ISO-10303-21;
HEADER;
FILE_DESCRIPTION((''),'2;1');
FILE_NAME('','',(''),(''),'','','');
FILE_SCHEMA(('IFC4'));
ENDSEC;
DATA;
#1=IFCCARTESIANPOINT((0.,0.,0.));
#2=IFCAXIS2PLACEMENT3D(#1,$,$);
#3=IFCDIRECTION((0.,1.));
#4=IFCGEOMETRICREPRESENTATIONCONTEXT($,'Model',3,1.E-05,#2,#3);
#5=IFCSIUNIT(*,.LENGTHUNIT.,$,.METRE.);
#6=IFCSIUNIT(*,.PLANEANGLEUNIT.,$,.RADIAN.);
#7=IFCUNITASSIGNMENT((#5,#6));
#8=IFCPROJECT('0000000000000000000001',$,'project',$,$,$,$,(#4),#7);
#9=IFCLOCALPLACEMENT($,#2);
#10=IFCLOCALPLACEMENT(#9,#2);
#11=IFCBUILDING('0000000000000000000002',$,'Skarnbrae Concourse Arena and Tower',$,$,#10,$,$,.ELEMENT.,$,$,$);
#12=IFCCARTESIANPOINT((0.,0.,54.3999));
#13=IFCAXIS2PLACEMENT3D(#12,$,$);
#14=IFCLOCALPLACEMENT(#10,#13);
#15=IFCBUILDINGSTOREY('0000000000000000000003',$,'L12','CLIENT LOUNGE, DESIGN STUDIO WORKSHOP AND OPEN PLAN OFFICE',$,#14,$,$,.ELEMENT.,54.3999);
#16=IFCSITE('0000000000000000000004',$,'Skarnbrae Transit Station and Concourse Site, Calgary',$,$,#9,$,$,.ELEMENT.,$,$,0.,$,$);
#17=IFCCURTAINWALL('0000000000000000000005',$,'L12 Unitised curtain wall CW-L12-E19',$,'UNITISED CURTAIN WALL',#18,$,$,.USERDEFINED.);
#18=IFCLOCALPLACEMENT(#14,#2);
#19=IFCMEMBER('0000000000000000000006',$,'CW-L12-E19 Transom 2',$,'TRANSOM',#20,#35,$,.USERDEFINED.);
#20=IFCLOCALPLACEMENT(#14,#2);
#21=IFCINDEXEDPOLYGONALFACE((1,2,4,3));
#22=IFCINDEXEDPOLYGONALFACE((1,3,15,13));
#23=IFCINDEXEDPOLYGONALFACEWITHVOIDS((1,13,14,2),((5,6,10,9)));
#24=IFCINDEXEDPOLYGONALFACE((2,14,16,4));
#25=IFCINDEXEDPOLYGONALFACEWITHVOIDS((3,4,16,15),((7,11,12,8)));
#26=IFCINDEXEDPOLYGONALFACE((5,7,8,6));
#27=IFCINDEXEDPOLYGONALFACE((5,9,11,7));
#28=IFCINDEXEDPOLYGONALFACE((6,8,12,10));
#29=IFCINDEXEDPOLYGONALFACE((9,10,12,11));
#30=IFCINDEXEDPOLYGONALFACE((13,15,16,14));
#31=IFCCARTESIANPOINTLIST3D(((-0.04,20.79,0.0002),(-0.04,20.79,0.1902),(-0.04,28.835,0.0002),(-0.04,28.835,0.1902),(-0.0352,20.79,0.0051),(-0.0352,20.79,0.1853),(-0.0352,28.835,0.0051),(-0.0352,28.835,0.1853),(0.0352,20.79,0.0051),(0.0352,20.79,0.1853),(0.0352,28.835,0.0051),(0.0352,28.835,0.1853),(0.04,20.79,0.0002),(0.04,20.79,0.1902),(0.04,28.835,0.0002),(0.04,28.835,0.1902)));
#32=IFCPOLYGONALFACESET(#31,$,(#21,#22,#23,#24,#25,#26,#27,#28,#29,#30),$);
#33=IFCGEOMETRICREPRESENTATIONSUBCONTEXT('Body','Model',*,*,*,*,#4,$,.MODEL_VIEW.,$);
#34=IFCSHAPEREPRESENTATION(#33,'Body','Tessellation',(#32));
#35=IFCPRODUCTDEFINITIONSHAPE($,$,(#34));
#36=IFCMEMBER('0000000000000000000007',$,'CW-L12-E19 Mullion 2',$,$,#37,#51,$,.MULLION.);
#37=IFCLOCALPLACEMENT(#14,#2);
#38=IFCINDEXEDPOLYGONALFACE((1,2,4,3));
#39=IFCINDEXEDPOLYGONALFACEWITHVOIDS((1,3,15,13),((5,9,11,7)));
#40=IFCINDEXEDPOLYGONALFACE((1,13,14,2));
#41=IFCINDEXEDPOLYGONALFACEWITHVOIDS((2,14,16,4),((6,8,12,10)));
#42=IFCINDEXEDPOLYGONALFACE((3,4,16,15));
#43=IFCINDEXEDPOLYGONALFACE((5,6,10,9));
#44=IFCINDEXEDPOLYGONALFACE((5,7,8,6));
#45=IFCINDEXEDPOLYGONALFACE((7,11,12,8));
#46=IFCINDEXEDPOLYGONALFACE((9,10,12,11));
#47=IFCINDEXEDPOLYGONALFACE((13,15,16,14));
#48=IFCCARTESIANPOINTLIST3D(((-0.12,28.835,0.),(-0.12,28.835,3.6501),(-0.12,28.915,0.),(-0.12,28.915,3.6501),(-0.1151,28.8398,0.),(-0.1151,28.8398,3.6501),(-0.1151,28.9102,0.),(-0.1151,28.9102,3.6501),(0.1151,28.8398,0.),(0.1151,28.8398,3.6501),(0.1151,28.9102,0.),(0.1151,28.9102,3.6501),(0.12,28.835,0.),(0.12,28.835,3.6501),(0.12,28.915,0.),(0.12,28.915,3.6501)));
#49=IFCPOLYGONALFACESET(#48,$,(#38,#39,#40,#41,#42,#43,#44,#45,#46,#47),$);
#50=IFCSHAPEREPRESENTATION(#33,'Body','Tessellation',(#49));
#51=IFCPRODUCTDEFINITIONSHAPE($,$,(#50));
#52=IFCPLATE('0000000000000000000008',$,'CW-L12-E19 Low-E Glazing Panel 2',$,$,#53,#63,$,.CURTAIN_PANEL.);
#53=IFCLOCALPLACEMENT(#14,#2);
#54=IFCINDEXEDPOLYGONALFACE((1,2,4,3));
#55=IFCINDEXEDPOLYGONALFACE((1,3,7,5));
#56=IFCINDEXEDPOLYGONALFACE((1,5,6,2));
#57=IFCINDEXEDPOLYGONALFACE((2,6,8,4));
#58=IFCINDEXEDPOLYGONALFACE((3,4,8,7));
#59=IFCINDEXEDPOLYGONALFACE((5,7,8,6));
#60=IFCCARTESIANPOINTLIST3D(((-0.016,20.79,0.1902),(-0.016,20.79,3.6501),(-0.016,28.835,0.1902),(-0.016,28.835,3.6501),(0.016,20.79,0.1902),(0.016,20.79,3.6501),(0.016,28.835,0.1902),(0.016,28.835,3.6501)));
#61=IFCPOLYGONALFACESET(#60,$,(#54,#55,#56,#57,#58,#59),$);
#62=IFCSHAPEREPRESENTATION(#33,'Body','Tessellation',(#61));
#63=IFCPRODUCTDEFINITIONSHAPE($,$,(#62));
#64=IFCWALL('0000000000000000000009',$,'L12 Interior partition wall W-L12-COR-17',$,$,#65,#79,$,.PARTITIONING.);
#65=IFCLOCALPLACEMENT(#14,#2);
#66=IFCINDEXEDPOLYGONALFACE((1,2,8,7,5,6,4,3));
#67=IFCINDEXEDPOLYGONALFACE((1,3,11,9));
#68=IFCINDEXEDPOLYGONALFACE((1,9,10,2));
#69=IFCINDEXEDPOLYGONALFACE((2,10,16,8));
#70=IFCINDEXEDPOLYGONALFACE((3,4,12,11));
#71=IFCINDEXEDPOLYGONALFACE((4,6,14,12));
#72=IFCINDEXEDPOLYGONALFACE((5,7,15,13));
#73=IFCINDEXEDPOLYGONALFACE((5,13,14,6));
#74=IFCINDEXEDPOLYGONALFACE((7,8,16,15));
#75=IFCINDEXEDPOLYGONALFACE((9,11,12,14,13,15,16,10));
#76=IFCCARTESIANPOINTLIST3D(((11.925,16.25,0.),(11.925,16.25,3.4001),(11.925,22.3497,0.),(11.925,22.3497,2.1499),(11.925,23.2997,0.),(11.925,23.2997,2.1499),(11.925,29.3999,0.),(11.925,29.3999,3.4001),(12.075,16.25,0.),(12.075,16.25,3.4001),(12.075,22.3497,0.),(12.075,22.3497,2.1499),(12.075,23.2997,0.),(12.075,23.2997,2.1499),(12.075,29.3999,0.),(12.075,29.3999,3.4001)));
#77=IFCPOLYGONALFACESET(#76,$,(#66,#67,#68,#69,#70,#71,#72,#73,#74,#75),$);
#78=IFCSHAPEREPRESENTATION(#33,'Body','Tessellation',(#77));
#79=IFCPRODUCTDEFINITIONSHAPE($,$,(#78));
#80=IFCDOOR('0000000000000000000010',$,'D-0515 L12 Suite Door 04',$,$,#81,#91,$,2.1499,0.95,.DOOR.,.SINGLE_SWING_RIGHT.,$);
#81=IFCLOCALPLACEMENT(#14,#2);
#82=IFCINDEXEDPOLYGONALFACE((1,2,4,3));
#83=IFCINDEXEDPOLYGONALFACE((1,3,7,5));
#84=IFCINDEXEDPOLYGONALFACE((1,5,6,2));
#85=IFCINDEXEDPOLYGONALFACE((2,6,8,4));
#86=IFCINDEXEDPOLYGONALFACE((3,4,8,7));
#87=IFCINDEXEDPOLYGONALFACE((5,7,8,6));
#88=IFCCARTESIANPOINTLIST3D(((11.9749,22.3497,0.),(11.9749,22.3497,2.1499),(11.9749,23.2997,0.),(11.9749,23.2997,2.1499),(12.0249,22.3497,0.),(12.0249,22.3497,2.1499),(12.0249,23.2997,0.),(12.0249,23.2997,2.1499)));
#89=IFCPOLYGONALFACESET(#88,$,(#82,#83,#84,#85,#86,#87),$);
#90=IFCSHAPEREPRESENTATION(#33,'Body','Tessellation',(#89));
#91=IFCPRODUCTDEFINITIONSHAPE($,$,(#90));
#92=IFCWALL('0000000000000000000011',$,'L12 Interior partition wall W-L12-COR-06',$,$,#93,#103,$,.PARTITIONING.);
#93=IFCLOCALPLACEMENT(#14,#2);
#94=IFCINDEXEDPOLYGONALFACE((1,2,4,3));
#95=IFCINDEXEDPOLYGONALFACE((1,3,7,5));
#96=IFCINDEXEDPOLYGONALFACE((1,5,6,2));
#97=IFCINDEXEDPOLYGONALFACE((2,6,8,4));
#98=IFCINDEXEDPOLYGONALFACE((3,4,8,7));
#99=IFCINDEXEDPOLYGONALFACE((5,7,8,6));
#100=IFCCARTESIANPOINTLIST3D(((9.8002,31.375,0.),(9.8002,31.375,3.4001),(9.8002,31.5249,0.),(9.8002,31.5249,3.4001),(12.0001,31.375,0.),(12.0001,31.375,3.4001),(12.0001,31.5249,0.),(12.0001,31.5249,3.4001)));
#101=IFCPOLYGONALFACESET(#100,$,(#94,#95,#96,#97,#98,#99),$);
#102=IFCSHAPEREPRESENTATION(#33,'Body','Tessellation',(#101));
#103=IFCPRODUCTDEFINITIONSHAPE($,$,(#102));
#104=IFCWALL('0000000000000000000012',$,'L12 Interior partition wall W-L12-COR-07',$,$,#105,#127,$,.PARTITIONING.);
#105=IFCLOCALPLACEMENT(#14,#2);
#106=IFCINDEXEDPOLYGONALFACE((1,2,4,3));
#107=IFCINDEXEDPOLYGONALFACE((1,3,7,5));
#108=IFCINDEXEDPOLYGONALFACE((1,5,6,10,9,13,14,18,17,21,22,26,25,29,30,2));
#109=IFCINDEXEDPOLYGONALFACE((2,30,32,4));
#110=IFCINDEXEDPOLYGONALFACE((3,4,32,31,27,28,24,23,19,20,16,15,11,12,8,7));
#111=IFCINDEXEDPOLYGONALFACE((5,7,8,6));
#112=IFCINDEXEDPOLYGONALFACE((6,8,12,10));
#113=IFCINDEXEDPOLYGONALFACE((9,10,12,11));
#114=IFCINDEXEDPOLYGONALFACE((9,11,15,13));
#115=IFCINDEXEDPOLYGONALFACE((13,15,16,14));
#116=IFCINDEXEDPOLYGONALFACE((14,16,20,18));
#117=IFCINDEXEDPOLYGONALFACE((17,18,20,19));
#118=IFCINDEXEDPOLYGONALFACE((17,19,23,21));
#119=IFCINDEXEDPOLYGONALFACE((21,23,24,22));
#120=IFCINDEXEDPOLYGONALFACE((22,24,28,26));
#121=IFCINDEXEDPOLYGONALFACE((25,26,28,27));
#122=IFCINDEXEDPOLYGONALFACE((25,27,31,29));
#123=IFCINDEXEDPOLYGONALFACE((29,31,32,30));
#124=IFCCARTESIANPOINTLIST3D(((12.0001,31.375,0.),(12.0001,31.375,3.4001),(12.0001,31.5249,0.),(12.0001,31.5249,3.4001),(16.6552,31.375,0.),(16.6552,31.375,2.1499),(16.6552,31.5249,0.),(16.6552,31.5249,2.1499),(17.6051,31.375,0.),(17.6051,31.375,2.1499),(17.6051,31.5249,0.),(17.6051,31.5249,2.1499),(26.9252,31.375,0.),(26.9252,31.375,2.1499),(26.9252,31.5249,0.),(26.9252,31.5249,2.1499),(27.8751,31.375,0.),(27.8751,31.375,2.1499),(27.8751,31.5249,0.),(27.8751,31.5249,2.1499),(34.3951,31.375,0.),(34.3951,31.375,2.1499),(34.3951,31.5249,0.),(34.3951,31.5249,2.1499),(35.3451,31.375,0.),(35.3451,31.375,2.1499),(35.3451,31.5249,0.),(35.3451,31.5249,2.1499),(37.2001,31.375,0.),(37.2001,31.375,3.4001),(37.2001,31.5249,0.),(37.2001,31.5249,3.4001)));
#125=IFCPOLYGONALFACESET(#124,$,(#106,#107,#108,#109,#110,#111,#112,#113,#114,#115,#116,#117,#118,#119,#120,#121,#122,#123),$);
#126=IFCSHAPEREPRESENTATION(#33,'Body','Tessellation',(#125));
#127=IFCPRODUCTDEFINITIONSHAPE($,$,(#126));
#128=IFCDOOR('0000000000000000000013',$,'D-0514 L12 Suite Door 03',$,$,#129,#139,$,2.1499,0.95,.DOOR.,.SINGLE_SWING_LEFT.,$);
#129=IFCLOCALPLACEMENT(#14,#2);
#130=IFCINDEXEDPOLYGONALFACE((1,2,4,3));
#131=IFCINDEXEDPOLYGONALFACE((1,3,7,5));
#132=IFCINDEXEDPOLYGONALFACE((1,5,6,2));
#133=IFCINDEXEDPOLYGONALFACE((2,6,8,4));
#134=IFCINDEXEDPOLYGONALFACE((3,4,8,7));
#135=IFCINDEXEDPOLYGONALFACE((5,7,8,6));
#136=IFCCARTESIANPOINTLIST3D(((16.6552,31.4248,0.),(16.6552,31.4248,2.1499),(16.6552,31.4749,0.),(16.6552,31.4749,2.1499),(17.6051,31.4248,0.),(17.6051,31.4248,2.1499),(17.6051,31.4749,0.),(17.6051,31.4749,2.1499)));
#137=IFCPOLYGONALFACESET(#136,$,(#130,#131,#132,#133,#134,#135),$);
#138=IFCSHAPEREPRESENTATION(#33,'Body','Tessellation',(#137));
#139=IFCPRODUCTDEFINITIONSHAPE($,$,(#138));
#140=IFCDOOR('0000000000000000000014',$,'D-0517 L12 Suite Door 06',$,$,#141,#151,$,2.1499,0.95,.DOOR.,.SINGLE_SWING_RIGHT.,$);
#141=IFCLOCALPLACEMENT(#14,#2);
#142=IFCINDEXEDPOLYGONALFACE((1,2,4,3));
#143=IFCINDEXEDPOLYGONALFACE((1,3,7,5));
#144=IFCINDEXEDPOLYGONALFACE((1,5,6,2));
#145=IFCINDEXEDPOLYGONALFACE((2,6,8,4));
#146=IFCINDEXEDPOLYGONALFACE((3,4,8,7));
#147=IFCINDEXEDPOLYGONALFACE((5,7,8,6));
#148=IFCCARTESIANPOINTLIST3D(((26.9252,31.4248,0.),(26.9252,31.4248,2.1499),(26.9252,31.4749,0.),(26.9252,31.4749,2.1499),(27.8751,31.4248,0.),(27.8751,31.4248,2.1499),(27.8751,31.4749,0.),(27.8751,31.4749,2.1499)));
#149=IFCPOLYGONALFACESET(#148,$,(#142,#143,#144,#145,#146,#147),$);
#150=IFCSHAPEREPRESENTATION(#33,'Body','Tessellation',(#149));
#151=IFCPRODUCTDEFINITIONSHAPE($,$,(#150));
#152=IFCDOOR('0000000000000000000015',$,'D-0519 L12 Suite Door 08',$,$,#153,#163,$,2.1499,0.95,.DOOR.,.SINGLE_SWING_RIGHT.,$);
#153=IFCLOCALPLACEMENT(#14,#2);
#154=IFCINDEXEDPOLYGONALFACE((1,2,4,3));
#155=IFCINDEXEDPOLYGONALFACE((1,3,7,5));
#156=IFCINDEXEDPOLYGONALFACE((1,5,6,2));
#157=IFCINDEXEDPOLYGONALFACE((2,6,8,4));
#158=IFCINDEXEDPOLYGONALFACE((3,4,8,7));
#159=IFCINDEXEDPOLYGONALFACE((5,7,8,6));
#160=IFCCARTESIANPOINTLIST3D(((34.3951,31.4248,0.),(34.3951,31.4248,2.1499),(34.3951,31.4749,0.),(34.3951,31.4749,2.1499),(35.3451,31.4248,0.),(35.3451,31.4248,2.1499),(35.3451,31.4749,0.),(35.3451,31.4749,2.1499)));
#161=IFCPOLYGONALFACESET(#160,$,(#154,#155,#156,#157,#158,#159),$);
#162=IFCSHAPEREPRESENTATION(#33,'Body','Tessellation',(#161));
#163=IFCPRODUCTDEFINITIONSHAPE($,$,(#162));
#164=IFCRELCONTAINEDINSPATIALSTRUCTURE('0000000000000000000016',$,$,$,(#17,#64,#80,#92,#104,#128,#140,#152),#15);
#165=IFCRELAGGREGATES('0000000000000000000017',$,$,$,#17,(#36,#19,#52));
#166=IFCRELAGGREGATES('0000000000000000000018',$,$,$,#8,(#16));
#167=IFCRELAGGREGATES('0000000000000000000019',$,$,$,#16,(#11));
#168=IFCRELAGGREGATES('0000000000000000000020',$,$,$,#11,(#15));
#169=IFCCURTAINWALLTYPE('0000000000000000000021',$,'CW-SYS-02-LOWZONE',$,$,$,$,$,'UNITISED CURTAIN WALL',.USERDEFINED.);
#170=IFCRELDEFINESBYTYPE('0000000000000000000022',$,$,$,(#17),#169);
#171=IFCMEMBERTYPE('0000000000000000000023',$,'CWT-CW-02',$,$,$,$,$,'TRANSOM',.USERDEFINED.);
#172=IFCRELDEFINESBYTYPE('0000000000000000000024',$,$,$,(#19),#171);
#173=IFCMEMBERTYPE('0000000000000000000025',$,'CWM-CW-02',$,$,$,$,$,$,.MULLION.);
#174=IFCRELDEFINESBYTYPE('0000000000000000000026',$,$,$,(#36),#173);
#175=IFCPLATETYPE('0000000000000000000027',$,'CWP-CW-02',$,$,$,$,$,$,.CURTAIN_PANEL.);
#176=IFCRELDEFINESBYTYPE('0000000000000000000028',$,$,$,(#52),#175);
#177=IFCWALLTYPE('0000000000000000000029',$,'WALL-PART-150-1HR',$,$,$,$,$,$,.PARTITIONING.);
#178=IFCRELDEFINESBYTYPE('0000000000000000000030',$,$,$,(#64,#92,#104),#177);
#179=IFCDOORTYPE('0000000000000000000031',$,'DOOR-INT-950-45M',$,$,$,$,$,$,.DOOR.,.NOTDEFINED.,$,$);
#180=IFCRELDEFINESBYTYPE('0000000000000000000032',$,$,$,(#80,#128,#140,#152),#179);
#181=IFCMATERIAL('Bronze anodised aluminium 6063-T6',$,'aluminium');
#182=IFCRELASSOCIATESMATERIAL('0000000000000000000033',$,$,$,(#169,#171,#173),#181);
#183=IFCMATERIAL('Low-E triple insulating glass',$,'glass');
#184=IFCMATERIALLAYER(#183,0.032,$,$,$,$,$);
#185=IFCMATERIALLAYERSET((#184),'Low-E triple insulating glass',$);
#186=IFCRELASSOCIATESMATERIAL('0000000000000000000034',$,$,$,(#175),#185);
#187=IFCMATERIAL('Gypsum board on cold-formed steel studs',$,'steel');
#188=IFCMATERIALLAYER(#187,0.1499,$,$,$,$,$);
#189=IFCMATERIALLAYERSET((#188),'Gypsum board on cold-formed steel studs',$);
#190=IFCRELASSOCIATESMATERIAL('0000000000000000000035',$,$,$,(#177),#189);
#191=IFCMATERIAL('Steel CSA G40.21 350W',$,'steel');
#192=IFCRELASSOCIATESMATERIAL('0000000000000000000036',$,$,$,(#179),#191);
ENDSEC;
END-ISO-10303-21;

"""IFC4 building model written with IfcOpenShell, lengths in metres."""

from ifc_helpers import new_model, si_unit, direction, frame, frame_2d, origin, origin_2d, place, context, subcontext, project, spatial, rectangle, hollow_rectangle, extrude, source, transform, mapped, material, layer, layer_set, material_profile, profile_set, type_object, element, fill, aggregate, save


model = new_model("IFC4")

# Units and contexts
model_context = context("Model", 3, precision=1e-05, world=origin(), true_north=direction((0.0, 1.0)))
body_context = subcontext(model_context, "Body", "Model", "MODEL_VIEW")
ifc_project = project(units=[si_unit("LENGTHUNIT", "METRE"), si_unit("PLANEANGLEUNIT", "RADIAN")], contexts=[model_context])

# Site, building, storey
site_placement = place(None, origin())
site = spatial("IfcSite", under=ifc_project, at=site_placement, Name="Skarnbrae Transit Station and Concourse Site, Calgary", CompositionType="ELEMENT", RefElevation=0.0)
building_placement = place(site_placement, origin())
building = spatial("IfcBuilding", under=site, at=building_placement, Name="Skarnbrae Concourse Arena and Tower", CompositionType="ELEMENT")
storey_placement = place(building_placement, frame((0.0, 0.0, 54.3999)))
storey = spatial("IfcBuildingStorey", under=building, at=storey_placement, Name="L12", Description="CLIENT LOUNGE, DESIGN STUDIO WORKSHOP AND OPEN PLAN OFFICE", CompositionType="ELEMENT", Elevation=54.3999)

# Shared definitions
ifc_material_1 = material(Name="Steel CSA G40.21 350W", Category="steel")

# Curtain wall, members, plate
ifc_material_2 = material(Name="Bronze anodised aluminium 6063-T6", Category="aluminium")
curtain_wall_type = type_object("IfcCurtainWallType", Name="CW-SYS-02-LOWZONE", ElementType="UNITISED CURTAIN WALL", PredefinedType="USERDEFINED", material=ifc_material_2)
curtain_wall_placement = place(storey_placement, origin())
curtain_wall = element("IfcCurtainWall", 1, at=curtain_wall_placement, inside=storey, type_object=curtain_wall_type, Name="L12 Unitised curtain wall CW-L12-E19", ObjectType="UNITISED CURTAIN WALL", PredefinedType="USERDEFINED")
ifc_material_profile_1 = material_profile(ifc_material_2, hollow_rectangle(XDim=0.0801, YDim=0.1899, WallThickness=0.0049, at=origin_2d()), Name="ALU-TRAN-80X190")
ifc_profile_set_1 = profile_set([ifc_material_profile_1], Name="Bronze anodised aluminium 6063-T6")
member_type_1 = type_object("IfcMemberType", Name="CWT-CW-02", ElementType="TRANSOM", PredefinedType="USERDEFINED", material=ifc_profile_set_1)
shared_shape_1 = source(origin(), body_context, "Body", "SweptSolid", [
    extrude(hollow_rectangle(XDim=0.0801, YDim=0.1899, WallThickness=0.0049, at=origin_2d()), origin(), (0.0, 0.0, 1.0), 8.0449),
])
member_1_placement = place(storey_placement, frame((0.0, 28.835, 0.0952), z_axis=(0.0, -1.0, 0.0), x_axis=(1.0, 0.0, 0.0)))
member_1 = element("IfcMember", 2, at=member_1_placement, type_object=member_type_1, Name="CW-L12-E19 Transom 2", ObjectType="TRANSOM", PredefinedType="USERDEFINED", context=body_context, shape_type="MappedRepresentation", body=[
    mapped(shared_shape_1, transform((0.0, 0.0, 0.0))),
])
ifc_material_profile_2 = material_profile(ifc_material_2, hollow_rectangle(XDim=0.0801, YDim=0.24, WallThickness=0.0049, at=origin_2d()), Name="ALU-MULL-80X240")
ifc_profile_set_2 = profile_set([ifc_material_profile_2], Name="Bronze anodised aluminium 6063-T6")
member_type_2 = type_object("IfcMemberType", Name="CWM-CW-02", PredefinedType="MULLION", material=ifc_profile_set_2)
shared_shape_2 = source(origin(), body_context, "Body", "SweptSolid", [
    extrude(hollow_rectangle(XDim=0.0801, YDim=0.24, WallThickness=0.0049, at=origin_2d()), origin(), (0.0, 0.0, 1.0), 3.6501),
])
member_2_placement = place(storey_placement, frame((0.0, 28.875, 0.0), z_axis=(0.0, 0.0, 1.0), x_axis=(0.0, -1.0, 0.0)))
member_2 = element("IfcMember", 3, at=member_2_placement, type_object=member_type_2, Name="CW-L12-E19 Mullion 2", PredefinedType="MULLION", context=body_context, shape_type="MappedRepresentation", body=[
    mapped(shared_shape_2, transform((0.0, 0.0, 0.0))),
])
ifc_material_3 = material(Name="Low-E triple insulating glass", Category="glass")
ifc_layer_1 = layer(ifc_material_3, 0.032)
ifc_layer_set_1 = layer_set([ifc_layer_1], Name="Low-E triple insulating glass")
plate_type = type_object("IfcPlateType", Name="CWP-CW-02", PredefinedType="CURTAIN_PANEL", material=ifc_layer_set_1)
shared_shape_3 = source(origin(), body_context, "Body", "SweptSolid", [
    extrude(rectangle(XDim=8.0449, YDim=0.032, at=origin_2d()), origin(), (0.0, 0.0, 1.0), 3.46),
])
plate_placement = place(storey_placement, frame((0.0, 24.8125, 0.1902), z_axis=(0.0, 0.0, 1.0), x_axis=(0.0, -1.0, 0.0)))
plate = element("IfcPlate", 4, at=plate_placement, type_object=plate_type, Name="CW-L12-E19 Low-E Glazing Panel 2", PredefinedType="CURTAIN_PANEL", context=body_context, shape_type="MappedRepresentation", body=[
    mapped(shared_shape_3, transform((0.0, 0.0, 0.0))),
])
aggregate(curtain_wall, [member_2, member_1, plate])

# Wall, opening, door
ifc_material_4 = material(Name="Gypsum board on cold-formed steel studs", Category="steel")
ifc_layer_2 = layer(ifc_material_4, 0.1499)
ifc_layer_set_2 = layer_set([ifc_layer_2], Name="Gypsum board on cold-formed steel studs")
wall_type_1 = type_object("IfcWallType", Name="WALL-PART-150-1HR", PredefinedType="PARTITIONING", material=ifc_layer_set_2)
shared_shape_4 = source(origin(), body_context, "Body", "SweptSolid", [
    extrude(rectangle(XDim=13.1499, YDim=0.1499, at=frame_2d((6.575, 0.0))), origin(), (0.0, 0.0, 1.0), 3.4001),
])
wall_1_placement = place(storey_placement, frame((12.0, 29.3999, 0.0), z_axis=(0.0, 0.0, 1.0), x_axis=(0.0, -1.0, 0.0)))
wall_1 = element("IfcWall", 5, at=wall_1_placement, inside=storey, type_object=wall_type_1, Name="L12 Interior partition wall W-L12-COR-17", PredefinedType="PARTITIONING", context=body_context, shape_type="MappedRepresentation", body=[
    mapped(shared_shape_4, transform((0.0, 0.0, 0.0))),
])
opening_1_placement = place(wall_1_placement, frame((6.1001, 0.0, 0.0)))
opening_1 = element("IfcOpeningElement", 6, at=opening_1_placement, cuts=wall_1, PredefinedType="OPENING", context=body_context, shape_type="SweptSolid", body=[
    extrude(rectangle(XDim=0.95, YDim=2.1499, at=frame_2d((0.4751, 1.075))), frame((0.0, 0.085, 0.0), z_axis=(0.0, -1.0, 0.0), x_axis=(1.0, 0.0, 0.0)), (0.0, 0.0, 1.0), 0.1699),
])
door_type = type_object("IfcDoorType", Name="DOOR-INT-950-45M", OperationType="NOTDEFINED", PredefinedType="DOOR", material=ifc_material_1)
shared_shape_5 = source(origin(), body_context, "Body", "SweptSolid", [
    extrude(rectangle(XDim=0.95, YDim=2.1499, at=frame_2d((0.4751, 1.075))), frame((0.0, 0.0249, 0.0), z_axis=(0.0, -1.0, 0.0), x_axis=(1.0, 0.0, 0.0)), (0.0, 0.0, 1.0), 0.05),
])
door_1_placement = place(opening_1_placement, origin())
door_1 = element("IfcDoor", 7, at=door_1_placement, inside=storey, type_object=door_type, Name="D-0515 L12 Suite Door 04", OperationType="SINGLE_SWING_RIGHT", OverallHeight=2.1499, OverallWidth=0.95, PredefinedType="DOOR", context=body_context, shape_type="MappedRepresentation", body=[
    mapped(shared_shape_5, transform((0.0, 0.0, 0.0))),
])
fill(opening_1, door_1)

# Wall
shared_shape_6 = source(origin(), body_context, "Body", "SweptSolid", [
    extrude(rectangle(XDim=2.2, YDim=0.1499, at=frame_2d((1.1001, 0.0))), origin(), (0.0, 0.0, 1.0), 3.4001),
])
wall_2_placement = place(storey_placement, frame((9.8, 31.45, 0.0), z_axis=(0.0, 0.0, 1.0), x_axis=(1.0, 0.0, 0.0)))
element("IfcWall", 8, at=wall_2_placement, inside=storey, type_object=wall_type_1, Name="L12 Interior partition wall W-L12-COR-06", PredefinedType="PARTITIONING", context=body_context, shape_type="MappedRepresentation", body=[
    mapped(shared_shape_6, transform((0.0, 0.0, 0.0))),
])

# Wall, openings, doors
shared_shape_7 = source(origin(), body_context, "Body", "SweptSolid", [
    extrude(rectangle(XDim=25.2, YDim=0.1499, at=frame_2d((12.6001, 0.0))), origin(), (0.0, 0.0, 1.0), 3.4001),
])
wall_3_placement = place(storey_placement, frame((12.0, 31.45, 0.0), z_axis=(0.0, 0.0, 1.0), x_axis=(1.0, 0.0, 0.0)))
wall_3 = element("IfcWall", 9, at=wall_3_placement, inside=storey, type_object=wall_type_1, Name="L12 Interior partition wall W-L12-COR-07", PredefinedType="PARTITIONING", context=body_context, shape_type="MappedRepresentation", body=[
    mapped(shared_shape_7, transform((0.0, 0.0, 0.0))),
])
opening_2_placement = place(wall_3_placement, frame((4.655, 0.0, 0.0)))
opening_2 = element("IfcOpeningElement", 10, at=opening_2_placement, cuts=wall_3, PredefinedType="OPENING", context=body_context, shape_type="SweptSolid", body=[
    extrude(rectangle(XDim=0.95, YDim=2.1499, at=frame_2d((0.4751, 1.075))), frame((0.0, 0.085, 0.0), z_axis=(0.0, -1.0, 0.0), x_axis=(1.0, 0.0, 0.0)), (0.0, 0.0, 1.0), 0.1699),
])
opening_3_placement = place(wall_3_placement, frame((14.925, 0.0, 0.0)))
opening_3 = element("IfcOpeningElement", 11, at=opening_3_placement, cuts=wall_3, PredefinedType="OPENING", context=body_context, shape_type="SweptSolid", body=[
    extrude(rectangle(XDim=0.95, YDim=2.1499, at=frame_2d((0.4751, 1.075))), frame((0.0, 0.085, 0.0), z_axis=(0.0, -1.0, 0.0), x_axis=(1.0, 0.0, 0.0)), (0.0, 0.0, 1.0), 0.1699),
])
opening_4_placement = place(wall_3_placement, frame((22.395, 0.0, 0.0)))
opening_4 = element("IfcOpeningElement", 12, at=opening_4_placement, cuts=wall_3, PredefinedType="OPENING", context=body_context, shape_type="SweptSolid", body=[
    extrude(rectangle(XDim=0.95, YDim=2.1499, at=frame_2d((0.4751, 1.075))), frame((0.0, 0.085, 0.0), z_axis=(0.0, -1.0, 0.0), x_axis=(1.0, 0.0, 0.0)), (0.0, 0.0, 1.0), 0.1699),
])
door_2_placement = place(opening_2_placement, origin())
door_2 = element("IfcDoor", 13, at=door_2_placement, inside=storey, type_object=door_type, Name="D-0514 L12 Suite Door 03", OperationType="SINGLE_SWING_LEFT", OverallHeight=2.1499, OverallWidth=0.95, PredefinedType="DOOR", context=body_context, shape_type="MappedRepresentation", body=[
    mapped(shared_shape_5, transform((0.0, 0.0, 0.0))),
])
fill(opening_2, door_2)
door_3_placement = place(opening_3_placement, origin())
door_3 = element("IfcDoor", 14, at=door_3_placement, inside=storey, type_object=door_type, Name="D-0517 L12 Suite Door 06", OperationType="SINGLE_SWING_RIGHT", OverallHeight=2.1499, OverallWidth=0.95, PredefinedType="DOOR", context=body_context, shape_type="MappedRepresentation", body=[
    mapped(shared_shape_5, transform((0.0, 0.0, 0.0))),
])
fill(opening_3, door_3)
door_4_placement = place(opening_4_placement, origin())
door_4 = element("IfcDoor", 15, at=door_4_placement, inside=storey, type_object=door_type, Name="D-0519 L12 Suite Door 08", OperationType="SINGLE_SWING_RIGHT", OverallHeight=2.1499, OverallWidth=0.95, PredefinedType="DOOR", context=body_context, shape_type="MappedRepresentation", body=[
    mapped(shared_shape_5, transform((0.0, 0.0, 0.0))),
])
fill(opening_4, door_4)

save(model, "model.ifc")
